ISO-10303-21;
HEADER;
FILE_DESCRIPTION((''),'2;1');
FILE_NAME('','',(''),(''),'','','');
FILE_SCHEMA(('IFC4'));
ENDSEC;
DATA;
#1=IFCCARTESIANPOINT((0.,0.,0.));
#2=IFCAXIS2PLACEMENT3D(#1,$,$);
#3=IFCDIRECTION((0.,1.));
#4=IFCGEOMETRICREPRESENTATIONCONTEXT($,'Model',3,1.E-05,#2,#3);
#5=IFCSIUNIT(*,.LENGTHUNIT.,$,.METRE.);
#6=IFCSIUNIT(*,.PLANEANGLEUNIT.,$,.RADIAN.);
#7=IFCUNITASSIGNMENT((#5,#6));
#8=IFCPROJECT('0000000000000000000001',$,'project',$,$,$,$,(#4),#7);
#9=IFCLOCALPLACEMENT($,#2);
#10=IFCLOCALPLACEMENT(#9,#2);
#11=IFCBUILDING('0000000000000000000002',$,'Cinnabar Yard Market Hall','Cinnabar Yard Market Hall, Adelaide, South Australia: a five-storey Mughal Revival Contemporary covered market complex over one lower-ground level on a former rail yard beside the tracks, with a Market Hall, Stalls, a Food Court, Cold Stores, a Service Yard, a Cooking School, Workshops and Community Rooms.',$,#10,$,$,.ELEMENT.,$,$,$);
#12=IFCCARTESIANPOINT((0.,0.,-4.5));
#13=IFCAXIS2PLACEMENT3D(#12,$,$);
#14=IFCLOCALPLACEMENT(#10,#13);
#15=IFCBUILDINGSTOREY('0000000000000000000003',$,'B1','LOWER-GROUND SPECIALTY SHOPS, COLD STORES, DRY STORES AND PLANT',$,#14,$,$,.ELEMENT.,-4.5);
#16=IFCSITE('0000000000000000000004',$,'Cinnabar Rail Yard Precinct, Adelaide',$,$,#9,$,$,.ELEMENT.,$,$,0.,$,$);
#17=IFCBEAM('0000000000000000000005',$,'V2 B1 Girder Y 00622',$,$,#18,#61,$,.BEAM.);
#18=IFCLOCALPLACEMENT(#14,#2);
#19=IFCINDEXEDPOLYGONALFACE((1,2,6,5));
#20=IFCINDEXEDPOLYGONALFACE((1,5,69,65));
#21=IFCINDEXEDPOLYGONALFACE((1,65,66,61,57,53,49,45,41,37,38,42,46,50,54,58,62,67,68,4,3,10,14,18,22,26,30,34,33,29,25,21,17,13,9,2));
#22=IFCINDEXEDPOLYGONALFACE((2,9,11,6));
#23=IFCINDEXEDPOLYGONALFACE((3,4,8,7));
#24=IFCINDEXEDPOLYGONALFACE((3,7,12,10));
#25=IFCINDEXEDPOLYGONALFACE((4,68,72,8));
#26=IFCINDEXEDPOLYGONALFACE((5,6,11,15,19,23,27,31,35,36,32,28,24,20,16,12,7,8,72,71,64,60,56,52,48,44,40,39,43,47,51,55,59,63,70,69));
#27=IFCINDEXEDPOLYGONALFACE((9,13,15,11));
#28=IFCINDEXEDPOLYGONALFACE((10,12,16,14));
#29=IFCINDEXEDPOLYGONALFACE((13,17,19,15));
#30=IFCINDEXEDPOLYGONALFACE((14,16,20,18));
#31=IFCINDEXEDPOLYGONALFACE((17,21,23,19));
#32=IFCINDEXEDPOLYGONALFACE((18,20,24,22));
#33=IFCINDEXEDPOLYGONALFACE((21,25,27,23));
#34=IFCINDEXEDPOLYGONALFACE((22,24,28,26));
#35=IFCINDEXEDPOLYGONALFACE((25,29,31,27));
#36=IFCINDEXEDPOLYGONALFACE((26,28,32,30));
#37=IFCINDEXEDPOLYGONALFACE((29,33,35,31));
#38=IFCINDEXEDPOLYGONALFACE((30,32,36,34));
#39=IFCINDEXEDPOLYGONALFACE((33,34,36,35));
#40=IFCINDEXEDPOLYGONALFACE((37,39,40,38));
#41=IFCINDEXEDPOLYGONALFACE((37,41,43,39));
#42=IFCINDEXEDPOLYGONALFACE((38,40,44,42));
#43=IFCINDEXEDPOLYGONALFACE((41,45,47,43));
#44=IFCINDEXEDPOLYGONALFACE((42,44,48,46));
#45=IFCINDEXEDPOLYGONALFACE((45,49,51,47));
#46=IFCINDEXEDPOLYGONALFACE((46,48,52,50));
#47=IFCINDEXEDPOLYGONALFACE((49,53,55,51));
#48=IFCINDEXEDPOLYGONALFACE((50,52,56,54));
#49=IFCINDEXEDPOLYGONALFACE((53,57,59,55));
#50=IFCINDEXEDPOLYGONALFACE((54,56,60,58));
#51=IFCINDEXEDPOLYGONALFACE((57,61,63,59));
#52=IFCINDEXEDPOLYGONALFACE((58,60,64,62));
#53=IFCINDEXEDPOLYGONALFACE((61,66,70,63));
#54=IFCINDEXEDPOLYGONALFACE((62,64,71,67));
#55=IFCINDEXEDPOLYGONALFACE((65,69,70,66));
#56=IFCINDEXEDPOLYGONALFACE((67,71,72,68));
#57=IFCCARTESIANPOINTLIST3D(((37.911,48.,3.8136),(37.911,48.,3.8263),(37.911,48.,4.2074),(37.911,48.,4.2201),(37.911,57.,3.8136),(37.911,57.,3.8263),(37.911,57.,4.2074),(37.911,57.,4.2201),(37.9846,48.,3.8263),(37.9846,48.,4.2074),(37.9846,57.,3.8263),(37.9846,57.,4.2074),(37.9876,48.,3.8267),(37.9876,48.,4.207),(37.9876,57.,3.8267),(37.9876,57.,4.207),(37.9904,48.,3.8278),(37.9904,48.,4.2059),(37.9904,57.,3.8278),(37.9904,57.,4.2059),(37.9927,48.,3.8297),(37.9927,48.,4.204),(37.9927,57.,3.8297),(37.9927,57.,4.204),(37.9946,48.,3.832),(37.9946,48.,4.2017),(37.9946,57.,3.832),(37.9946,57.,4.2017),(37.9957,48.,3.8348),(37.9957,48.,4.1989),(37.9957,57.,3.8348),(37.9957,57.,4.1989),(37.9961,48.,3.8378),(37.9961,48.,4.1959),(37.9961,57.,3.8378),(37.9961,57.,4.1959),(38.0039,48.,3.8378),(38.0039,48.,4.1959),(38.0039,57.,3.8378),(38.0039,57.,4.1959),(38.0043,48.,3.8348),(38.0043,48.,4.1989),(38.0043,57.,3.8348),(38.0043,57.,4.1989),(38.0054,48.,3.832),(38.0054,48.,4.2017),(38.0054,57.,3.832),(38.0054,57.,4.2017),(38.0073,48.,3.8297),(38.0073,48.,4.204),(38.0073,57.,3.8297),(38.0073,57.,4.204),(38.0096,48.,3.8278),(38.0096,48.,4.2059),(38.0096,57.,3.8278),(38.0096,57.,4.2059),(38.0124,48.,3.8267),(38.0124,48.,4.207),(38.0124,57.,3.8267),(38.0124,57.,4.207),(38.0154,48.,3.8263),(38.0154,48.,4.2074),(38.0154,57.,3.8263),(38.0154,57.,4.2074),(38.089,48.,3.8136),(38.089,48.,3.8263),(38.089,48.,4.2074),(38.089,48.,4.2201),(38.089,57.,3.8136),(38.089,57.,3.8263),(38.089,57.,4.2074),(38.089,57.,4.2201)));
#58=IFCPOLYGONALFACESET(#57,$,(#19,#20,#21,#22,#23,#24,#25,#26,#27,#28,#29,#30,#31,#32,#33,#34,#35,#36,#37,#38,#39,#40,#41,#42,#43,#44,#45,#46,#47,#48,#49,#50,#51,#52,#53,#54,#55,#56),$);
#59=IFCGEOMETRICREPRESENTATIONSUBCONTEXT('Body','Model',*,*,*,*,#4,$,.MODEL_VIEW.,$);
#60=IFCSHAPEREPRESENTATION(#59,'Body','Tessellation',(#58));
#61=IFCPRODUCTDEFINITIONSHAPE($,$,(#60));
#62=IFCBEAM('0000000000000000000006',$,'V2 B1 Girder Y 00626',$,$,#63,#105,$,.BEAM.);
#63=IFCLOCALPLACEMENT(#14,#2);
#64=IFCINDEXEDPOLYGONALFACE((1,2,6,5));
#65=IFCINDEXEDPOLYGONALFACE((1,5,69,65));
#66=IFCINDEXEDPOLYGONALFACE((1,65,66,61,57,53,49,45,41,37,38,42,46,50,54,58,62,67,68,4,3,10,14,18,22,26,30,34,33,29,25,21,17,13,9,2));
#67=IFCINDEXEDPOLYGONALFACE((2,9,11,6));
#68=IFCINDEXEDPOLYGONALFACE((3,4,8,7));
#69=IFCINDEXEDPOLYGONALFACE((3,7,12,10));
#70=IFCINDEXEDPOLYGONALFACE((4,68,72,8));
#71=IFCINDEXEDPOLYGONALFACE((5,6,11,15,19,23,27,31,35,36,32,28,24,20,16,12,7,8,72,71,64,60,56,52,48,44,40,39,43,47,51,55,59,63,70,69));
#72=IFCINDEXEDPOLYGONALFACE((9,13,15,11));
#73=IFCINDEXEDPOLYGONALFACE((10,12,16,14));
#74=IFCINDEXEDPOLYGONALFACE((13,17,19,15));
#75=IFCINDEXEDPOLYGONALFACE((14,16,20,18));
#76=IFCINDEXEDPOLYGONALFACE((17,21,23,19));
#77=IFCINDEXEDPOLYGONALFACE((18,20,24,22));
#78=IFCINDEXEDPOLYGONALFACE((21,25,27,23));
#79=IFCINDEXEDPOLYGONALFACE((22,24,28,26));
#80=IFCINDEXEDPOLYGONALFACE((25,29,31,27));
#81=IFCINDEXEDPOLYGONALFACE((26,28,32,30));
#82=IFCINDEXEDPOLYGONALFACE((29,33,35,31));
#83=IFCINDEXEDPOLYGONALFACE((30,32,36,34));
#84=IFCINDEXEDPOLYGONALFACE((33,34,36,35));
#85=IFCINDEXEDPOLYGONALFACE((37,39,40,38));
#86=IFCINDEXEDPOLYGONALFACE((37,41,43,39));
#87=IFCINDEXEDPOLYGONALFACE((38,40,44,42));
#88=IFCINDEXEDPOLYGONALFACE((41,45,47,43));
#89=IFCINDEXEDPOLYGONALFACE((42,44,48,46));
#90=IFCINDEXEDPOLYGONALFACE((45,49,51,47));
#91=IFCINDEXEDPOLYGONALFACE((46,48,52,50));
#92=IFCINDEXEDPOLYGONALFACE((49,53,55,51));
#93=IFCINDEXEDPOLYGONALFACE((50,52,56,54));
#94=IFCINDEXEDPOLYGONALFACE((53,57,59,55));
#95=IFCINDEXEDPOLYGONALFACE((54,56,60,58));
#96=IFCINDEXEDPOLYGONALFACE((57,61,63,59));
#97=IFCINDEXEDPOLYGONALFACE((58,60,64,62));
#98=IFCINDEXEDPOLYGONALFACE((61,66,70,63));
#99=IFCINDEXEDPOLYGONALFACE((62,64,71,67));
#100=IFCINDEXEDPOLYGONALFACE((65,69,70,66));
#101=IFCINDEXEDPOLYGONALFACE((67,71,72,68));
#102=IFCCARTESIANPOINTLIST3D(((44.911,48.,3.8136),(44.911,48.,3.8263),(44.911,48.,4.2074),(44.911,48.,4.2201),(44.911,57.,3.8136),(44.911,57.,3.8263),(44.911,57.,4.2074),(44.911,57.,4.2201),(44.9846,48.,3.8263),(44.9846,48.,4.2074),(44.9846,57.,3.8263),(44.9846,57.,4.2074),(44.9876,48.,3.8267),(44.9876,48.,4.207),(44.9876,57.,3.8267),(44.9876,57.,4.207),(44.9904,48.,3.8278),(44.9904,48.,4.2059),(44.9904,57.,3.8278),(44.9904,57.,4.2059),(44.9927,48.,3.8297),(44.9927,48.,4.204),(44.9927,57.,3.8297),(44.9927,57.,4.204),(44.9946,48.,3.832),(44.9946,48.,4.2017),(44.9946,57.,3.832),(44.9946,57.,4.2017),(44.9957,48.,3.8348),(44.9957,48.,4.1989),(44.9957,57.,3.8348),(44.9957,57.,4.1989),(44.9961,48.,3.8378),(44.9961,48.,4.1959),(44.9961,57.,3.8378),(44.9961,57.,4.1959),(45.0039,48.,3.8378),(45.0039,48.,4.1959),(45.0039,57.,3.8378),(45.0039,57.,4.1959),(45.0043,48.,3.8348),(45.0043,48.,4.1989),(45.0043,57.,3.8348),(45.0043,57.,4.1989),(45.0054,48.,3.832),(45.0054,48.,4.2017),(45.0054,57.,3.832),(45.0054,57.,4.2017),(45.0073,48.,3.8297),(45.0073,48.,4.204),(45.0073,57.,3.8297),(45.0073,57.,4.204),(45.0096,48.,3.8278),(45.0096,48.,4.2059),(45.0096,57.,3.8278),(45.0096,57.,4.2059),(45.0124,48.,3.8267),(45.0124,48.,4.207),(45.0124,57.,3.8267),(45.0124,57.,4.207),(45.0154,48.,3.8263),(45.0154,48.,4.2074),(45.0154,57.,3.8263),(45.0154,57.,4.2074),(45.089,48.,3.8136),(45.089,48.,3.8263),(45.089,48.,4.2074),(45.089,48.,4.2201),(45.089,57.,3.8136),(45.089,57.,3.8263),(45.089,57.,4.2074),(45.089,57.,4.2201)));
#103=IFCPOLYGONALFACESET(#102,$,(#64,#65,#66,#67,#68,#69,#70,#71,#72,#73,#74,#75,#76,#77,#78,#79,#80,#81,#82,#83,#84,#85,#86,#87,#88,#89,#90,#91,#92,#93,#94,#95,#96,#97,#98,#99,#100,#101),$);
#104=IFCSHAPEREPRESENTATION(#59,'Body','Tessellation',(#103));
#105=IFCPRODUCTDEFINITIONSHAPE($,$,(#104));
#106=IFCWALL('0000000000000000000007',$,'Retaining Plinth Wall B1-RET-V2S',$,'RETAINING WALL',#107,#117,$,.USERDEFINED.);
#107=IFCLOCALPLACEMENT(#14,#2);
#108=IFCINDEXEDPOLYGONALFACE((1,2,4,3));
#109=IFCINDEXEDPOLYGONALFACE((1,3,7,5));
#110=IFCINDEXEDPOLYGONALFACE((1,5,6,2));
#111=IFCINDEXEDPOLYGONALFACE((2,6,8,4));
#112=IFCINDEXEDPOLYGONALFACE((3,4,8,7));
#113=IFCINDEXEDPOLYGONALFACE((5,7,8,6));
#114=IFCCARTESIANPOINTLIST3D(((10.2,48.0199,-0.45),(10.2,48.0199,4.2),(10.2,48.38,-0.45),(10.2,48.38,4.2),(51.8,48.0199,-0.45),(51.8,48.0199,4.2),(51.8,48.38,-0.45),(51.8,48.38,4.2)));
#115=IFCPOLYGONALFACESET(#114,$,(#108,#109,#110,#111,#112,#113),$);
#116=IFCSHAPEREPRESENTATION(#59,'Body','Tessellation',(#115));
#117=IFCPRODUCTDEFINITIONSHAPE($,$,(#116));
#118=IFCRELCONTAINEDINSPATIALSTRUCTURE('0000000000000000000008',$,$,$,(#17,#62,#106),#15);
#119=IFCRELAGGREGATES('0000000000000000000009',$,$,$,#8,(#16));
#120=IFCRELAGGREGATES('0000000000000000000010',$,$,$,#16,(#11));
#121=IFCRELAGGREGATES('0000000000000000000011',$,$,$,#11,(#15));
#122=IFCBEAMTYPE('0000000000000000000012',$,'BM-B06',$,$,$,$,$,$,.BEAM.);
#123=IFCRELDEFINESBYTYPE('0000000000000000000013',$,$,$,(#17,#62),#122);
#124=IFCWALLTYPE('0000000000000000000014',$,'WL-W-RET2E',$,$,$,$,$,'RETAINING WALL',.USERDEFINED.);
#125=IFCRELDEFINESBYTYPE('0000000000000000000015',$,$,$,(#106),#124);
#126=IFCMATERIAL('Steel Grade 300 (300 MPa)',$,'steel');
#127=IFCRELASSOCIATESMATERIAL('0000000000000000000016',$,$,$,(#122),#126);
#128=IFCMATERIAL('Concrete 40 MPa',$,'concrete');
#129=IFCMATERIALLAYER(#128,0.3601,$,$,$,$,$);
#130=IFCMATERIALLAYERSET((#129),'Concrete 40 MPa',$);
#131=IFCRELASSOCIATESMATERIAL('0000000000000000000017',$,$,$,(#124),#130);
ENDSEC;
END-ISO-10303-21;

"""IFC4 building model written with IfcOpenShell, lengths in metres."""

from ifc_helpers import new_model, si_unit, direction, frame, frame_2d, origin, origin_2d_with_axis, place, context, subcontext, project, spatial, rectangle, i_section, extrude, material, layer, layer_set, material_profile, profile_set, type_object, element, save


model = new_model("IFC4")

# Units and contexts
model_context = context("Model", 3, precision=1e-05, world=origin(), true_north=direction((0.0, 1.0)))
body_context = subcontext(model_context, "Body", "Model", "MODEL_VIEW")
ifc_project = project(units=[si_unit("LENGTHUNIT", "METRE"), si_unit("PLANEANGLEUNIT", "RADIAN")], contexts=[model_context])

# Site, building, storey
site_placement = place(None, origin())
site = spatial("IfcSite", under=ifc_project, at=site_placement, Name="Cinnabar Rail Yard Precinct, Adelaide", CompositionType="ELEMENT", RefElevation=0.0)
building_placement = place(site_placement, origin())
building = spatial("IfcBuilding", under=site, at=building_placement, Name="Cinnabar Yard Market Hall", Description="Cinnabar Yard Market Hall, Adelaide, South Australia: a five-storey Mughal Revival Contemporary covered market complex over one lower-ground level on a former rail yard beside the tracks, with a Market Hall, Stalls, a Food Court, Cold Stores, a Service Yard, a Cooking School, Workshops and Community Rooms.", CompositionType="ELEMENT")
storey_placement = place(building_placement, frame((0.0, 0.0, -4.5)))
storey = spatial("IfcBuildingStorey", under=building, at=storey_placement, Name="B1", Description="LOWER-GROUND SPECIALTY SHOPS, COLD STORES, DRY STORES AND PLANT", CompositionType="ELEMENT", Elevation=-4.5)

# Shared definitions
ifc_material_1 = material(Name="Concrete 40 MPa", Category="concrete")

# Shared definitions
ifc_material_2 = material(Name="Steel Grade 300 (300 MPa)", Category="steel")

# Beams
ifc_material_profile_1 = material_profile(ifc_material_2, i_section(OverallWidth=0.178, OverallDepth=0.4065, WebThickness=0.0078, FlangeThickness=0.0127, FilletRadius=0.0115, at=origin_2d_with_axis()), Name="410UB59.7")
ifc_profile_set_1 = profile_set([ifc_material_profile_1], Name="Steel Grade 300 (300 MPa)")
beam_type_1 = type_object("IfcBeamType", Name="BM-B06", PredefinedType="BEAM", material=ifc_profile_set_1)
for number, where, z_axis, x_axis, name in (
    (1, (38.0, 48.0, 4.0168), (0.0, 1.0, 0.0), (-1.0, 0.0, 0.0), "V2 B1 Girder Y 00622"),
    (2, (45.0, 48.0, 4.0168), (0.0, 1.0, 0.0), (-1.0, 0.0, 0.0), "V2 B1 Girder Y 00626"),
):
    element("IfcBeam", number, at=place(storey_placement, frame(where, z_axis=z_axis, x_axis=x_axis)), inside=storey, type_object=beam_type_1, Name=name, PredefinedType="BEAM", context=body_context, shape_type="SweptSolid", body=[
        extrude(i_section(OverallWidth=0.178, OverallDepth=0.4065, WebThickness=0.0078, FlangeThickness=0.0127, FilletRadius=0.0115, at=origin_2d_with_axis()), origin(), (0.0, 0.0, 1.0), 9.0),
    ])

# Wall
ifc_layer_1 = layer(ifc_material_1, 0.3601)
ifc_layer_set_1 = layer_set([ifc_layer_1], Name="Concrete 40 MPa")
wall_type = type_object("IfcWallType", Name="WL-W-RET2E", ElementType="RETAINING WALL", PredefinedType="USERDEFINED", material=ifc_layer_set_1)
wall_placement = place(storey_placement, frame((10.2, 48.2, -0.45), z_axis=(0.0, 0.0, 1.0), x_axis=(1.0, 0.0, 0.0)))
element("IfcWall", 3, at=wall_placement, inside=storey, type_object=wall_type, Name="Retaining Plinth Wall B1-RET-V2S", ObjectType="RETAINING WALL", PredefinedType="USERDEFINED", context=body_context, shape_type="SweptSolid", body=[
    extrude(rectangle(XDim=41.6001, YDim=0.3601, at=frame_2d((20.8, 0.0), x_axis=(1.0, 0.0))), origin(), (0.0, 0.0, 1.0), 4.6499),
])

save(model, "model.ifc")
